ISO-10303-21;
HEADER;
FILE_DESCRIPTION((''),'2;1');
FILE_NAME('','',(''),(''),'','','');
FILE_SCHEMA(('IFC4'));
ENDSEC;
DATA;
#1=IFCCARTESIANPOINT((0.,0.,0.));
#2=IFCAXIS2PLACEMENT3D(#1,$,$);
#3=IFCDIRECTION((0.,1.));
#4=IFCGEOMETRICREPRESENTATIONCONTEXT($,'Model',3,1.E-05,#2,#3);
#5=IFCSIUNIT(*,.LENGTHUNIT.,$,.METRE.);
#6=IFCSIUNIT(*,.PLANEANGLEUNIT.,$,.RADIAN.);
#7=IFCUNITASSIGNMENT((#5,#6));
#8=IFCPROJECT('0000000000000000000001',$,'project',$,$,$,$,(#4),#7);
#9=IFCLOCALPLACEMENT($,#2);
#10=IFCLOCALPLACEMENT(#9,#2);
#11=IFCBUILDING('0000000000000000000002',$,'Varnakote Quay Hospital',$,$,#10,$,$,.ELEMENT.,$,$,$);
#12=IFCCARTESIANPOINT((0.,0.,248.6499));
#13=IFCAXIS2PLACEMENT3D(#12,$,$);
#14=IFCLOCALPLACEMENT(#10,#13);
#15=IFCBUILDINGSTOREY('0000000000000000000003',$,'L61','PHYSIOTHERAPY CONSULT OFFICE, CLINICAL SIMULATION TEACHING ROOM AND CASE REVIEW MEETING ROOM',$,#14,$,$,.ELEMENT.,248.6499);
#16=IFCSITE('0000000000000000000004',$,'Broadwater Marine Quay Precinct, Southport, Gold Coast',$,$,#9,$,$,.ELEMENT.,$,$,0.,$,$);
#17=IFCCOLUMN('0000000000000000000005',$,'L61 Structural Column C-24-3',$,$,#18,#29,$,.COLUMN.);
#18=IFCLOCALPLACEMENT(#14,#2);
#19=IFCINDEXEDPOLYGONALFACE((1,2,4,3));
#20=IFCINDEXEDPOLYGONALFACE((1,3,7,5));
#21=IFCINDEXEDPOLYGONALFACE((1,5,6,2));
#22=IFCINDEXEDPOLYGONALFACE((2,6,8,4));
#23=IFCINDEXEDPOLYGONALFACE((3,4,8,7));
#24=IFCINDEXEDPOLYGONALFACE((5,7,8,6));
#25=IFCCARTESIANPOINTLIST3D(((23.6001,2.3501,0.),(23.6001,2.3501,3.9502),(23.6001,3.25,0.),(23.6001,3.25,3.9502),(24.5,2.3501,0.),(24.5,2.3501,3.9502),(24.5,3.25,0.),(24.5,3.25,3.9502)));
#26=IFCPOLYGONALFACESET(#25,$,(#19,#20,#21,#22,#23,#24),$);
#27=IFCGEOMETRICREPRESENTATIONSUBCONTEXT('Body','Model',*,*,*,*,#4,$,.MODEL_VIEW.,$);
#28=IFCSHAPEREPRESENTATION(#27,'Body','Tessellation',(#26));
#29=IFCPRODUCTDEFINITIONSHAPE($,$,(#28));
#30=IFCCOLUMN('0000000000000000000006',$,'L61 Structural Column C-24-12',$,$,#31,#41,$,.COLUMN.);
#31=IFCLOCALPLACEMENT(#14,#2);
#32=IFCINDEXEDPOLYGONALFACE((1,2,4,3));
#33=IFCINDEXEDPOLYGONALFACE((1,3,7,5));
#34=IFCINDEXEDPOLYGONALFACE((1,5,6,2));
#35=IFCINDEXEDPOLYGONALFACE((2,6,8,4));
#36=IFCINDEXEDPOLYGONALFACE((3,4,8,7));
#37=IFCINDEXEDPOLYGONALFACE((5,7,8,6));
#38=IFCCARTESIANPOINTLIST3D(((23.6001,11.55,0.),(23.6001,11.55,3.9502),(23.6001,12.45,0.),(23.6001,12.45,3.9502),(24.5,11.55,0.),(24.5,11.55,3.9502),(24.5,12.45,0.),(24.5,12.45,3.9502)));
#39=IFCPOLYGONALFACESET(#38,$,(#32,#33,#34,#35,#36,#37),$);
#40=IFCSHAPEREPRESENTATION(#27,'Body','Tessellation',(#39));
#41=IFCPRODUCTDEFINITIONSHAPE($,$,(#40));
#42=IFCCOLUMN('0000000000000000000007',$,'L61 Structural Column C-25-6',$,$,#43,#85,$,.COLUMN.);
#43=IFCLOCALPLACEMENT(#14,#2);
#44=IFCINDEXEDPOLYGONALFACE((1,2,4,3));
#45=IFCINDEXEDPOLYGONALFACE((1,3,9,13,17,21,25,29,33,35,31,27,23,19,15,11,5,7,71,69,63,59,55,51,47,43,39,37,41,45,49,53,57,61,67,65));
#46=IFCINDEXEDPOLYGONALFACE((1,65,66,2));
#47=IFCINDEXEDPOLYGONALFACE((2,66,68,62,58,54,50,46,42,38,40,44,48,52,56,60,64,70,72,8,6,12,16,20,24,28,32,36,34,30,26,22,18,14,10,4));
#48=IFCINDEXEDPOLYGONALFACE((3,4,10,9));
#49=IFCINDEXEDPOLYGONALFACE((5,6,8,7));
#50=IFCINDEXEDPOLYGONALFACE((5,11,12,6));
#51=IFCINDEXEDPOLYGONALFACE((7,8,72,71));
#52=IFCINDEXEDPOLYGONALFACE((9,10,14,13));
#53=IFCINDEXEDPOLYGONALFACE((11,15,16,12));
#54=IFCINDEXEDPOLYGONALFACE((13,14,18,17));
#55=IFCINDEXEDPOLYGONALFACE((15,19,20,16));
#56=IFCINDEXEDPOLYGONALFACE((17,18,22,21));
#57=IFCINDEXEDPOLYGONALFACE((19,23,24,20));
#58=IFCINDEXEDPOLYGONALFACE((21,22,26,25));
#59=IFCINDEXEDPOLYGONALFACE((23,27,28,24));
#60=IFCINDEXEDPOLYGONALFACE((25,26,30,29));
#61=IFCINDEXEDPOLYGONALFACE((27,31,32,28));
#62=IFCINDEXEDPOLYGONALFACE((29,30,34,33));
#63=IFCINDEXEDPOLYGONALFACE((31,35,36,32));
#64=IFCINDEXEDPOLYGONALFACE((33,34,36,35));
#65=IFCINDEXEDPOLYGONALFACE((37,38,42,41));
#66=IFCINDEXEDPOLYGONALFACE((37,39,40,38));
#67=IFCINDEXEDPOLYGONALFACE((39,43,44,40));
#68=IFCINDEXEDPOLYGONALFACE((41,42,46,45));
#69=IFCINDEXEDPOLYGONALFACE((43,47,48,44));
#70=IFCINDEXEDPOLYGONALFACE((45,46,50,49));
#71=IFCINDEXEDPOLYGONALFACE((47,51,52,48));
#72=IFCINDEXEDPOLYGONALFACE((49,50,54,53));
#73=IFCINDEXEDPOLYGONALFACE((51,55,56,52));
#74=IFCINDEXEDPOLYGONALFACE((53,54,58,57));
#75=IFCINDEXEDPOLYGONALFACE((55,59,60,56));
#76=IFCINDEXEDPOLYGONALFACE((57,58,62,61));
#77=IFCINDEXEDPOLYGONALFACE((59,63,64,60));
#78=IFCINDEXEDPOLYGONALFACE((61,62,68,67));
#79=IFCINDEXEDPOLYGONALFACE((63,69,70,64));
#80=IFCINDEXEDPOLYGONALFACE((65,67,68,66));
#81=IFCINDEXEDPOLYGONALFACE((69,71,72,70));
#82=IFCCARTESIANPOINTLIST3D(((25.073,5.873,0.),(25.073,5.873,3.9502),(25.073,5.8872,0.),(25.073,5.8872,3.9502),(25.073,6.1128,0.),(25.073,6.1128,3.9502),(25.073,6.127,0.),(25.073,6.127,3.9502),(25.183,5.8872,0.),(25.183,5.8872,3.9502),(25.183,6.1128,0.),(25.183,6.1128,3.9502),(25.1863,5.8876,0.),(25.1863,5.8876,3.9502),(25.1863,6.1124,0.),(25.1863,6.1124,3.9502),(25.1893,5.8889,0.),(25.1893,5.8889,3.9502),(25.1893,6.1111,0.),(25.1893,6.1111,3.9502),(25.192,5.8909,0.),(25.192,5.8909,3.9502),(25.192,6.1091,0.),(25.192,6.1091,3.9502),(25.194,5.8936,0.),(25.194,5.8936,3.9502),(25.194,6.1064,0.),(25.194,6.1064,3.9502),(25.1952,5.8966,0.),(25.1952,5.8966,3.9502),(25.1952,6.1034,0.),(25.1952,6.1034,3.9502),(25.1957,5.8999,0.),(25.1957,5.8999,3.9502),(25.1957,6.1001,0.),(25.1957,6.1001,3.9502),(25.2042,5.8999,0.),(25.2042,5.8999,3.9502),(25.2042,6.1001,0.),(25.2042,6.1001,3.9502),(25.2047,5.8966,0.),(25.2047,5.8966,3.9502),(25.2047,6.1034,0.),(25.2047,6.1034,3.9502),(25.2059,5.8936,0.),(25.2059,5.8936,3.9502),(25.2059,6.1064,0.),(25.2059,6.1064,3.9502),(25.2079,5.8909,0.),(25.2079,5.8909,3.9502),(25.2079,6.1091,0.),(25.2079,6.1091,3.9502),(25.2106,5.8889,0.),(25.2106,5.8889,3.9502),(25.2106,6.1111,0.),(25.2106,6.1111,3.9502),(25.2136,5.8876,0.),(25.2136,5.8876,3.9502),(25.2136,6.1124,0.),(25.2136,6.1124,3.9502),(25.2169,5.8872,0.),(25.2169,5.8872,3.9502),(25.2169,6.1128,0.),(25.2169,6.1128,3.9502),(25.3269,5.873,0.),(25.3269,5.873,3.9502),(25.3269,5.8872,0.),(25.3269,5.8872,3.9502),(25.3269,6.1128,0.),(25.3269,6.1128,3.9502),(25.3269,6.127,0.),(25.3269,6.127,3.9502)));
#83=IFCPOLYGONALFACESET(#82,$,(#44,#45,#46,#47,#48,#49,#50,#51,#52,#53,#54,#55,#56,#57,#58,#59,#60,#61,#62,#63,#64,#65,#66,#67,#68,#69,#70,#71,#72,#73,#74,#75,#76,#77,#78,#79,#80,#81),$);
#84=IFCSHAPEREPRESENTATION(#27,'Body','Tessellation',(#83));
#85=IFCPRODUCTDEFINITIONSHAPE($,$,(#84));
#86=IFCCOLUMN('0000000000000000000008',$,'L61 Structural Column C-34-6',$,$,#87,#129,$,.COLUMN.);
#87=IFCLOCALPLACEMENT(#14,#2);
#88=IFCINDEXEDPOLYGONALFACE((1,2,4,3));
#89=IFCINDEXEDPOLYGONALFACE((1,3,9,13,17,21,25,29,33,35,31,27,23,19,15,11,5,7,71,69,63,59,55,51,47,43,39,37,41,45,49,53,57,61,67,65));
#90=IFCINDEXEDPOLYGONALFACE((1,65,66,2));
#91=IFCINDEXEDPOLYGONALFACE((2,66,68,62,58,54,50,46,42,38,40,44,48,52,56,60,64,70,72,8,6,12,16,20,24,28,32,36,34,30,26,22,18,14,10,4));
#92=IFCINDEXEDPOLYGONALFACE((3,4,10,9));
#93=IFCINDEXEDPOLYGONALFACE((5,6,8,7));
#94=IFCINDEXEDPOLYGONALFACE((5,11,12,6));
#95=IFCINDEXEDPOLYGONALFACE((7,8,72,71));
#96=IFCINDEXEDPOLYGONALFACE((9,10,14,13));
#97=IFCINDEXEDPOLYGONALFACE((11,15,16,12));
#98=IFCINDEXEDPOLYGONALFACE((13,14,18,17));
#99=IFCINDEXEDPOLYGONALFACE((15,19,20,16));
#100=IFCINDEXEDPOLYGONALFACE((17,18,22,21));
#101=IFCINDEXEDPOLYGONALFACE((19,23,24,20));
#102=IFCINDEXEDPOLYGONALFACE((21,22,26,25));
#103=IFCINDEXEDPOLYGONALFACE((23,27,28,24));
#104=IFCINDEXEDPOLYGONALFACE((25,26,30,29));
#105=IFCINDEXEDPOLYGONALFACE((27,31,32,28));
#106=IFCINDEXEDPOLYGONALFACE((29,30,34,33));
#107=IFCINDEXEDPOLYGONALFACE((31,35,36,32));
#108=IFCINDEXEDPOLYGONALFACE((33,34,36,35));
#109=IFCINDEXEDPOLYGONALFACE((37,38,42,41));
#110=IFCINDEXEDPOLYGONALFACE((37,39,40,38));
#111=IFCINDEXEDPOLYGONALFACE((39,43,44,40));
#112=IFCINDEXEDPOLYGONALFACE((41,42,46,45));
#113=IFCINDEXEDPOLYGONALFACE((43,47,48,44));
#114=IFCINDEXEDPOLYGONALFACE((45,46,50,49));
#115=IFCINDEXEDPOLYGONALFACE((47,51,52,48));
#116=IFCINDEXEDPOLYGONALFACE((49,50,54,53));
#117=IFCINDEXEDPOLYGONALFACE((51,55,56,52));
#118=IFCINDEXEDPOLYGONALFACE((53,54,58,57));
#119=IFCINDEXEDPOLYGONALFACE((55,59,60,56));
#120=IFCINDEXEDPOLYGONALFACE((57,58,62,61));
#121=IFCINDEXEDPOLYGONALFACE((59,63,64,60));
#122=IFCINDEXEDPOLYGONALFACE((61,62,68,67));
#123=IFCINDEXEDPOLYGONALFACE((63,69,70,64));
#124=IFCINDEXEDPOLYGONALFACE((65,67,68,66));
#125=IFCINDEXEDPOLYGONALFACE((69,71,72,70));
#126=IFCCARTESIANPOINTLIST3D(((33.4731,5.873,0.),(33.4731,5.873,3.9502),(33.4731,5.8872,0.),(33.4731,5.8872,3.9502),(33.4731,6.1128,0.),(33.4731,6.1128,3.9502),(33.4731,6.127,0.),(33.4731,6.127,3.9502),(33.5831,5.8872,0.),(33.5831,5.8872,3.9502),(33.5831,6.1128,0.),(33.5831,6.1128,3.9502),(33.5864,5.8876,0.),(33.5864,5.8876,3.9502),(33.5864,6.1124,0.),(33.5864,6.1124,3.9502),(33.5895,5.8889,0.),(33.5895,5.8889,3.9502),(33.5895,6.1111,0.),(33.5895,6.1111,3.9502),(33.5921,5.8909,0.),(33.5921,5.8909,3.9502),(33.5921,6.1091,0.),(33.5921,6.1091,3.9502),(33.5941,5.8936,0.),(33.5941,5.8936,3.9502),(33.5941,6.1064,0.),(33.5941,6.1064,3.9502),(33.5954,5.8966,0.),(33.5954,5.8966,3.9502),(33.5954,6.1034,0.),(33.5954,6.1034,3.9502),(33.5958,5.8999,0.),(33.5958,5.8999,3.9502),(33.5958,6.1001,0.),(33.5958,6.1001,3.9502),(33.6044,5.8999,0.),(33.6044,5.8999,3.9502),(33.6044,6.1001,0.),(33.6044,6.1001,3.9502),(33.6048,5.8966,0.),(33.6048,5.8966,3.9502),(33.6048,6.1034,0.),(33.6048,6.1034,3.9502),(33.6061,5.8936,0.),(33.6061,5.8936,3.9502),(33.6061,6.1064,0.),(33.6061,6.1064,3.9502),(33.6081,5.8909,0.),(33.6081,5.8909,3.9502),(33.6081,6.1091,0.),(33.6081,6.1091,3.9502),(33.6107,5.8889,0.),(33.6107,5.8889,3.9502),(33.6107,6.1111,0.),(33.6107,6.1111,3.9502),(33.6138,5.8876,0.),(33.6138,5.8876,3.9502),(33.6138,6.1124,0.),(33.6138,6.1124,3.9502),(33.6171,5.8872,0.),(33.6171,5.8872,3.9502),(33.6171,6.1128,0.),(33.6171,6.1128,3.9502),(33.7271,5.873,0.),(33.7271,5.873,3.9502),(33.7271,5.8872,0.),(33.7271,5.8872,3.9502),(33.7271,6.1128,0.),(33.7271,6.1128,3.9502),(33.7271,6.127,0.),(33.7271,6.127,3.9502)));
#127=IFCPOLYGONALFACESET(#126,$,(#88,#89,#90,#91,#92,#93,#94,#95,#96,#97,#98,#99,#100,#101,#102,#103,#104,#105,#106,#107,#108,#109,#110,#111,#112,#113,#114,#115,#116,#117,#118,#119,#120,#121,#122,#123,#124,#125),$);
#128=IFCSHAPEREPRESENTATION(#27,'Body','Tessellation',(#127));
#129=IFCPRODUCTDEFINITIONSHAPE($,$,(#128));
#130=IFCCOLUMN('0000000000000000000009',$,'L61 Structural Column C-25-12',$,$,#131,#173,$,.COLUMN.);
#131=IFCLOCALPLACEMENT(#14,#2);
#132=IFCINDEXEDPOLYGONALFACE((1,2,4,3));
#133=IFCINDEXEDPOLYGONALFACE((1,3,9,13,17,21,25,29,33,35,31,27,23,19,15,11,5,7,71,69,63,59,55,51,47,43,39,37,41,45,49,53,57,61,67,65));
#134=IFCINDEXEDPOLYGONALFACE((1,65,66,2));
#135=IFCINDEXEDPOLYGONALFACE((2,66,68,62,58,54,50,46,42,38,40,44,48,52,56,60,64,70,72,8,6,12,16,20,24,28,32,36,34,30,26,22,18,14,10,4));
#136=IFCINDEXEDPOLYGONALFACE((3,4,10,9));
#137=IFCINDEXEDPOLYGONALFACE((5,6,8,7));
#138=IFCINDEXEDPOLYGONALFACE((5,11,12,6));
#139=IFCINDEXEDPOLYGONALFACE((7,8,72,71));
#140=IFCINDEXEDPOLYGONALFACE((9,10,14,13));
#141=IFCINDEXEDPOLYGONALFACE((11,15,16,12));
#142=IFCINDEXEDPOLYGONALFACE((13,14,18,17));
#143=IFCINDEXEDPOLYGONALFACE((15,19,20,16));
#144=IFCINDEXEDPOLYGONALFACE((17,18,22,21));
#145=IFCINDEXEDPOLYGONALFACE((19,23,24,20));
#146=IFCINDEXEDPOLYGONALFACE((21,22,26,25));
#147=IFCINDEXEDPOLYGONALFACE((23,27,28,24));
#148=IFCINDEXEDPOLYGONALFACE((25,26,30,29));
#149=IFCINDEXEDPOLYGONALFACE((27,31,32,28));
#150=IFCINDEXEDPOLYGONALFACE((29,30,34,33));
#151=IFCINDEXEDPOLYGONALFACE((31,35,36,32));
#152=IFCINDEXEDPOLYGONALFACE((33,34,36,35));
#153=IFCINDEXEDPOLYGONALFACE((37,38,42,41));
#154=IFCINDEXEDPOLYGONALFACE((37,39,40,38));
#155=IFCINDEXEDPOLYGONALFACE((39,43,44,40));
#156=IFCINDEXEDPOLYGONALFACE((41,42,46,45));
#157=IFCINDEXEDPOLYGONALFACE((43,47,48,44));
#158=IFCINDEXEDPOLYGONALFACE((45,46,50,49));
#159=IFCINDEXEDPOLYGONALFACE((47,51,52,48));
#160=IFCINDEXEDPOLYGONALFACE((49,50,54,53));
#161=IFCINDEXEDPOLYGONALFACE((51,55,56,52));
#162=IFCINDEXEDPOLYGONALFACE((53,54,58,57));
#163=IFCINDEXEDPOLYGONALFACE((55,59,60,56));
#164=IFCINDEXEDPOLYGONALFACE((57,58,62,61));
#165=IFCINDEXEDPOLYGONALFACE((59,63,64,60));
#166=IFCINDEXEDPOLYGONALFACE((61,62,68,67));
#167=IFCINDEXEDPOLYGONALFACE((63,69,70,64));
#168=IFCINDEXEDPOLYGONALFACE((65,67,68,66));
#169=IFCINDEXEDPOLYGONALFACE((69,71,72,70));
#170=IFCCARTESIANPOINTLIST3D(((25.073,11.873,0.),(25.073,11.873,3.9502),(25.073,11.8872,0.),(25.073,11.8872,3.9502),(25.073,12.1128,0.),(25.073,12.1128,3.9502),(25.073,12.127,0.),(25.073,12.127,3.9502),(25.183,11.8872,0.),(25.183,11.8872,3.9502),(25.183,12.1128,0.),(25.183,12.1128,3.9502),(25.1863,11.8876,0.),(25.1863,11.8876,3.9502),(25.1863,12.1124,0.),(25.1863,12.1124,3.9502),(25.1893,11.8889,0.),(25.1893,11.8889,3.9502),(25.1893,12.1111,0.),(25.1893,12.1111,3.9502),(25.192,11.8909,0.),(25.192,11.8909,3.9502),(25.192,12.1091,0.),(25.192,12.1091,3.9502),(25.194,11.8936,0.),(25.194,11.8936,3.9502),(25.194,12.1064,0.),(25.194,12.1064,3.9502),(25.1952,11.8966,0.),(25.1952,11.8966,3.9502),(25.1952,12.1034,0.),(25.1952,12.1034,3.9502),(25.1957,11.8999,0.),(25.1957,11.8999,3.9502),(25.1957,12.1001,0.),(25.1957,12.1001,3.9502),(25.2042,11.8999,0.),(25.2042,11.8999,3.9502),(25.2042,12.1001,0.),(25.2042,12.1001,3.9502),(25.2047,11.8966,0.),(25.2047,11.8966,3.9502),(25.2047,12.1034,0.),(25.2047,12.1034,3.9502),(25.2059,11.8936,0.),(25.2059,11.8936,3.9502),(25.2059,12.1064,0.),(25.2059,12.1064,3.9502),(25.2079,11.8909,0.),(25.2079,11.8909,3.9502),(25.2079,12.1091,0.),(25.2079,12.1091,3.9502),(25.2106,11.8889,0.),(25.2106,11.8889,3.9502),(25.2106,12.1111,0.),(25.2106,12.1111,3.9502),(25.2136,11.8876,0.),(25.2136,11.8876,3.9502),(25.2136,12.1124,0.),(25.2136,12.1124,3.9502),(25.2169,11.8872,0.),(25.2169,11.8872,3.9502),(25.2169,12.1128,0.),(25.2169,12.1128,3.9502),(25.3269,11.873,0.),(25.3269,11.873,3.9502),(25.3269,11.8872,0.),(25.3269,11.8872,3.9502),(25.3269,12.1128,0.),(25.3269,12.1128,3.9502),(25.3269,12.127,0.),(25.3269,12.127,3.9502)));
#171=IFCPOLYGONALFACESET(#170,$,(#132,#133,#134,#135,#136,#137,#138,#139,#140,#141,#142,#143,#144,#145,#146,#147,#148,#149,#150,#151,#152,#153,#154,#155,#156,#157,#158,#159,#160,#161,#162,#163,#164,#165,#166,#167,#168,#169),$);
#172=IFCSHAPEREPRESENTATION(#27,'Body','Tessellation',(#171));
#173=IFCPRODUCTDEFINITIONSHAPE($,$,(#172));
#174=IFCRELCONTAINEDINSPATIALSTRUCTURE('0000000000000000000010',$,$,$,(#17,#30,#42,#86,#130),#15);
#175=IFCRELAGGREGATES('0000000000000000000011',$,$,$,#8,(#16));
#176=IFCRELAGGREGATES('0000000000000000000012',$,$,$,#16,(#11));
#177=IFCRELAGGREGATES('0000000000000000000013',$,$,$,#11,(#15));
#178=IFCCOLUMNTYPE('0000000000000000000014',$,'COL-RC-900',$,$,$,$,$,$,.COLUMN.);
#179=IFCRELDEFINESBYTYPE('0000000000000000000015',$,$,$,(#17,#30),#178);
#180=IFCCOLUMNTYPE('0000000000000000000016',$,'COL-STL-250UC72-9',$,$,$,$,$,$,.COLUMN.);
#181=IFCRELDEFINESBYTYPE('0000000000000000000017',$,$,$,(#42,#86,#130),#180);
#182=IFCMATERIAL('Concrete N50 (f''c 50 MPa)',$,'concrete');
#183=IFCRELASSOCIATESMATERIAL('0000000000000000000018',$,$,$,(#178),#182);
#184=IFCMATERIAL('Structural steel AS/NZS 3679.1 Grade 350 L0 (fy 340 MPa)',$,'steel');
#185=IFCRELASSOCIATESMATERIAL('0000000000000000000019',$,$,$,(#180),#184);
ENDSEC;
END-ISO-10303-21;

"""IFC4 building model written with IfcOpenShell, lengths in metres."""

from ifc_helpers import new_model, si_unit, direction, frame, origin, origin_2d, place, context, subcontext, project, spatial, rectangle, i_section, extrude, material, material_profile, profile_set, type_object, element, save


model = new_model("IFC4")

# Units and contexts
model_context = context("Model", 3, precision=1e-05, world=origin(), true_north=direction((0.0, 1.0)))
body_context = subcontext(model_context, "Body", "Model", "MODEL_VIEW")
ifc_project = project(units=[si_unit("LENGTHUNIT", "METRE"), si_unit("PLANEANGLEUNIT", "RADIAN")], contexts=[model_context])

# Site, building, storey
site_placement = place(None, origin())
site = spatial("IfcSite", under=ifc_project, at=site_placement, Name="Broadwater Marine Quay Precinct, Southport, Gold Coast", CompositionType="ELEMENT", RefElevation=0.0)
building_placement = place(site_placement, origin())
building = spatial("IfcBuilding", under=site, at=building_placement, Name="Varnakote Quay Hospital", CompositionType="ELEMENT")
storey_placement = place(building_placement, frame((0.0, 0.0, 248.6499)))
storey = spatial("IfcBuildingStorey", under=building, at=storey_placement, Name="L61", Description="PHYSIOTHERAPY CONSULT OFFICE, CLINICAL SIMULATION TEACHING ROOM AND CASE REVIEW MEETING ROOM", CompositionType="ELEMENT", Elevation=248.6499)

# Columns
ifc_material_1 = material(Name="Concrete N50 (f'c 50 MPa)", Category="concrete")
ifc_material_profile_1 = material_profile(ifc_material_1, rectangle(XDim=0.8999, YDim=0.8999, at=origin_2d()), Name="RC-COL-900x900")
ifc_profile_set_1 = profile_set([ifc_material_profile_1], Name="Concrete N50 (f'c 50 MPa)")
column_type_1 = type_object("IfcColumnType", Name="COL-RC-900", PredefinedType="COLUMN", material=ifc_profile_set_1)
for number, where, z_axis, x_axis, name in (
    (1, (24.05, 2.8, 0.0), (0.0, 0.0, 1.0), (1.0, 0.0, 0.0), "L61 Structural Column C-24-3"),
    (2, (24.05, 12.0, 0.0), (0.0, 0.0, 1.0), (1.0, 0.0, 0.0), "L61 Structural Column C-24-12"),
):
    element("IfcColumn", number, at=place(storey_placement, frame(where, z_axis=z_axis, x_axis=x_axis)), inside=storey, type_object=column_type_1, Name=name, PredefinedType="COLUMN", context=body_context, shape_type="SweptSolid", body=[
        extrude(rectangle(XDim=0.8999, YDim=0.8999, at=origin_2d()), origin(), (0.0, 0.0, 1.0), 3.9502),
    ])
ifc_material_2 = material(Name="Structural steel AS/NZS 3679.1 Grade 350 L0 (fy 340 MPa)", Category="steel")
ifc_material_profile_2 = material_profile(ifc_material_2, i_section(OverallWidth=0.2539, OverallDepth=0.2539, WebThickness=0.0085, FlangeThickness=0.0142, FilletRadius=0.0127, at=origin_2d()), Name="250UC72.9")
ifc_profile_set_2 = profile_set([ifc_material_profile_2], Name="Structural steel AS/NZS 3679.1 Grade 350 L0 (fy 340 MPa)")
column_type_2 = type_object("IfcColumnType", Name="COL-STL-250UC72-9", PredefinedType="COLUMN", material=ifc_profile_set_2)
for number, where, z_axis, x_axis, name in (
    (3, (25.2, 6.0, 0.0), (0.0, 0.0, 1.0), (1.0, 0.0, 0.0), "L61 Structural Column C-25-6"),
    (4, (33.6001, 6.0, 0.0), (0.0, 0.0, 1.0), (1.0, 0.0, 0.0), "L61 Structural Column C-34-6"),
    (5, (25.2, 12.0, 0.0), (0.0, 0.0, 1.0), (1.0, 0.0, 0.0), "L61 Structural Column C-25-12"),
):
    element("IfcColumn", number, at=place(storey_placement, frame(where, z_axis=z_axis, x_axis=x_axis)), inside=storey, type_object=column_type_2, Name=name, PredefinedType="COLUMN", context=body_context, shape_type="SweptSolid", body=[
        extrude(i_section(OverallWidth=0.2539, OverallDepth=0.2539, WebThickness=0.0085, FlangeThickness=0.0142, FilletRadius=0.0127, at=origin_2d()), origin(), (0.0, 0.0, 1.0), 3.9502),
    ])

save(model, "model.ifc")
